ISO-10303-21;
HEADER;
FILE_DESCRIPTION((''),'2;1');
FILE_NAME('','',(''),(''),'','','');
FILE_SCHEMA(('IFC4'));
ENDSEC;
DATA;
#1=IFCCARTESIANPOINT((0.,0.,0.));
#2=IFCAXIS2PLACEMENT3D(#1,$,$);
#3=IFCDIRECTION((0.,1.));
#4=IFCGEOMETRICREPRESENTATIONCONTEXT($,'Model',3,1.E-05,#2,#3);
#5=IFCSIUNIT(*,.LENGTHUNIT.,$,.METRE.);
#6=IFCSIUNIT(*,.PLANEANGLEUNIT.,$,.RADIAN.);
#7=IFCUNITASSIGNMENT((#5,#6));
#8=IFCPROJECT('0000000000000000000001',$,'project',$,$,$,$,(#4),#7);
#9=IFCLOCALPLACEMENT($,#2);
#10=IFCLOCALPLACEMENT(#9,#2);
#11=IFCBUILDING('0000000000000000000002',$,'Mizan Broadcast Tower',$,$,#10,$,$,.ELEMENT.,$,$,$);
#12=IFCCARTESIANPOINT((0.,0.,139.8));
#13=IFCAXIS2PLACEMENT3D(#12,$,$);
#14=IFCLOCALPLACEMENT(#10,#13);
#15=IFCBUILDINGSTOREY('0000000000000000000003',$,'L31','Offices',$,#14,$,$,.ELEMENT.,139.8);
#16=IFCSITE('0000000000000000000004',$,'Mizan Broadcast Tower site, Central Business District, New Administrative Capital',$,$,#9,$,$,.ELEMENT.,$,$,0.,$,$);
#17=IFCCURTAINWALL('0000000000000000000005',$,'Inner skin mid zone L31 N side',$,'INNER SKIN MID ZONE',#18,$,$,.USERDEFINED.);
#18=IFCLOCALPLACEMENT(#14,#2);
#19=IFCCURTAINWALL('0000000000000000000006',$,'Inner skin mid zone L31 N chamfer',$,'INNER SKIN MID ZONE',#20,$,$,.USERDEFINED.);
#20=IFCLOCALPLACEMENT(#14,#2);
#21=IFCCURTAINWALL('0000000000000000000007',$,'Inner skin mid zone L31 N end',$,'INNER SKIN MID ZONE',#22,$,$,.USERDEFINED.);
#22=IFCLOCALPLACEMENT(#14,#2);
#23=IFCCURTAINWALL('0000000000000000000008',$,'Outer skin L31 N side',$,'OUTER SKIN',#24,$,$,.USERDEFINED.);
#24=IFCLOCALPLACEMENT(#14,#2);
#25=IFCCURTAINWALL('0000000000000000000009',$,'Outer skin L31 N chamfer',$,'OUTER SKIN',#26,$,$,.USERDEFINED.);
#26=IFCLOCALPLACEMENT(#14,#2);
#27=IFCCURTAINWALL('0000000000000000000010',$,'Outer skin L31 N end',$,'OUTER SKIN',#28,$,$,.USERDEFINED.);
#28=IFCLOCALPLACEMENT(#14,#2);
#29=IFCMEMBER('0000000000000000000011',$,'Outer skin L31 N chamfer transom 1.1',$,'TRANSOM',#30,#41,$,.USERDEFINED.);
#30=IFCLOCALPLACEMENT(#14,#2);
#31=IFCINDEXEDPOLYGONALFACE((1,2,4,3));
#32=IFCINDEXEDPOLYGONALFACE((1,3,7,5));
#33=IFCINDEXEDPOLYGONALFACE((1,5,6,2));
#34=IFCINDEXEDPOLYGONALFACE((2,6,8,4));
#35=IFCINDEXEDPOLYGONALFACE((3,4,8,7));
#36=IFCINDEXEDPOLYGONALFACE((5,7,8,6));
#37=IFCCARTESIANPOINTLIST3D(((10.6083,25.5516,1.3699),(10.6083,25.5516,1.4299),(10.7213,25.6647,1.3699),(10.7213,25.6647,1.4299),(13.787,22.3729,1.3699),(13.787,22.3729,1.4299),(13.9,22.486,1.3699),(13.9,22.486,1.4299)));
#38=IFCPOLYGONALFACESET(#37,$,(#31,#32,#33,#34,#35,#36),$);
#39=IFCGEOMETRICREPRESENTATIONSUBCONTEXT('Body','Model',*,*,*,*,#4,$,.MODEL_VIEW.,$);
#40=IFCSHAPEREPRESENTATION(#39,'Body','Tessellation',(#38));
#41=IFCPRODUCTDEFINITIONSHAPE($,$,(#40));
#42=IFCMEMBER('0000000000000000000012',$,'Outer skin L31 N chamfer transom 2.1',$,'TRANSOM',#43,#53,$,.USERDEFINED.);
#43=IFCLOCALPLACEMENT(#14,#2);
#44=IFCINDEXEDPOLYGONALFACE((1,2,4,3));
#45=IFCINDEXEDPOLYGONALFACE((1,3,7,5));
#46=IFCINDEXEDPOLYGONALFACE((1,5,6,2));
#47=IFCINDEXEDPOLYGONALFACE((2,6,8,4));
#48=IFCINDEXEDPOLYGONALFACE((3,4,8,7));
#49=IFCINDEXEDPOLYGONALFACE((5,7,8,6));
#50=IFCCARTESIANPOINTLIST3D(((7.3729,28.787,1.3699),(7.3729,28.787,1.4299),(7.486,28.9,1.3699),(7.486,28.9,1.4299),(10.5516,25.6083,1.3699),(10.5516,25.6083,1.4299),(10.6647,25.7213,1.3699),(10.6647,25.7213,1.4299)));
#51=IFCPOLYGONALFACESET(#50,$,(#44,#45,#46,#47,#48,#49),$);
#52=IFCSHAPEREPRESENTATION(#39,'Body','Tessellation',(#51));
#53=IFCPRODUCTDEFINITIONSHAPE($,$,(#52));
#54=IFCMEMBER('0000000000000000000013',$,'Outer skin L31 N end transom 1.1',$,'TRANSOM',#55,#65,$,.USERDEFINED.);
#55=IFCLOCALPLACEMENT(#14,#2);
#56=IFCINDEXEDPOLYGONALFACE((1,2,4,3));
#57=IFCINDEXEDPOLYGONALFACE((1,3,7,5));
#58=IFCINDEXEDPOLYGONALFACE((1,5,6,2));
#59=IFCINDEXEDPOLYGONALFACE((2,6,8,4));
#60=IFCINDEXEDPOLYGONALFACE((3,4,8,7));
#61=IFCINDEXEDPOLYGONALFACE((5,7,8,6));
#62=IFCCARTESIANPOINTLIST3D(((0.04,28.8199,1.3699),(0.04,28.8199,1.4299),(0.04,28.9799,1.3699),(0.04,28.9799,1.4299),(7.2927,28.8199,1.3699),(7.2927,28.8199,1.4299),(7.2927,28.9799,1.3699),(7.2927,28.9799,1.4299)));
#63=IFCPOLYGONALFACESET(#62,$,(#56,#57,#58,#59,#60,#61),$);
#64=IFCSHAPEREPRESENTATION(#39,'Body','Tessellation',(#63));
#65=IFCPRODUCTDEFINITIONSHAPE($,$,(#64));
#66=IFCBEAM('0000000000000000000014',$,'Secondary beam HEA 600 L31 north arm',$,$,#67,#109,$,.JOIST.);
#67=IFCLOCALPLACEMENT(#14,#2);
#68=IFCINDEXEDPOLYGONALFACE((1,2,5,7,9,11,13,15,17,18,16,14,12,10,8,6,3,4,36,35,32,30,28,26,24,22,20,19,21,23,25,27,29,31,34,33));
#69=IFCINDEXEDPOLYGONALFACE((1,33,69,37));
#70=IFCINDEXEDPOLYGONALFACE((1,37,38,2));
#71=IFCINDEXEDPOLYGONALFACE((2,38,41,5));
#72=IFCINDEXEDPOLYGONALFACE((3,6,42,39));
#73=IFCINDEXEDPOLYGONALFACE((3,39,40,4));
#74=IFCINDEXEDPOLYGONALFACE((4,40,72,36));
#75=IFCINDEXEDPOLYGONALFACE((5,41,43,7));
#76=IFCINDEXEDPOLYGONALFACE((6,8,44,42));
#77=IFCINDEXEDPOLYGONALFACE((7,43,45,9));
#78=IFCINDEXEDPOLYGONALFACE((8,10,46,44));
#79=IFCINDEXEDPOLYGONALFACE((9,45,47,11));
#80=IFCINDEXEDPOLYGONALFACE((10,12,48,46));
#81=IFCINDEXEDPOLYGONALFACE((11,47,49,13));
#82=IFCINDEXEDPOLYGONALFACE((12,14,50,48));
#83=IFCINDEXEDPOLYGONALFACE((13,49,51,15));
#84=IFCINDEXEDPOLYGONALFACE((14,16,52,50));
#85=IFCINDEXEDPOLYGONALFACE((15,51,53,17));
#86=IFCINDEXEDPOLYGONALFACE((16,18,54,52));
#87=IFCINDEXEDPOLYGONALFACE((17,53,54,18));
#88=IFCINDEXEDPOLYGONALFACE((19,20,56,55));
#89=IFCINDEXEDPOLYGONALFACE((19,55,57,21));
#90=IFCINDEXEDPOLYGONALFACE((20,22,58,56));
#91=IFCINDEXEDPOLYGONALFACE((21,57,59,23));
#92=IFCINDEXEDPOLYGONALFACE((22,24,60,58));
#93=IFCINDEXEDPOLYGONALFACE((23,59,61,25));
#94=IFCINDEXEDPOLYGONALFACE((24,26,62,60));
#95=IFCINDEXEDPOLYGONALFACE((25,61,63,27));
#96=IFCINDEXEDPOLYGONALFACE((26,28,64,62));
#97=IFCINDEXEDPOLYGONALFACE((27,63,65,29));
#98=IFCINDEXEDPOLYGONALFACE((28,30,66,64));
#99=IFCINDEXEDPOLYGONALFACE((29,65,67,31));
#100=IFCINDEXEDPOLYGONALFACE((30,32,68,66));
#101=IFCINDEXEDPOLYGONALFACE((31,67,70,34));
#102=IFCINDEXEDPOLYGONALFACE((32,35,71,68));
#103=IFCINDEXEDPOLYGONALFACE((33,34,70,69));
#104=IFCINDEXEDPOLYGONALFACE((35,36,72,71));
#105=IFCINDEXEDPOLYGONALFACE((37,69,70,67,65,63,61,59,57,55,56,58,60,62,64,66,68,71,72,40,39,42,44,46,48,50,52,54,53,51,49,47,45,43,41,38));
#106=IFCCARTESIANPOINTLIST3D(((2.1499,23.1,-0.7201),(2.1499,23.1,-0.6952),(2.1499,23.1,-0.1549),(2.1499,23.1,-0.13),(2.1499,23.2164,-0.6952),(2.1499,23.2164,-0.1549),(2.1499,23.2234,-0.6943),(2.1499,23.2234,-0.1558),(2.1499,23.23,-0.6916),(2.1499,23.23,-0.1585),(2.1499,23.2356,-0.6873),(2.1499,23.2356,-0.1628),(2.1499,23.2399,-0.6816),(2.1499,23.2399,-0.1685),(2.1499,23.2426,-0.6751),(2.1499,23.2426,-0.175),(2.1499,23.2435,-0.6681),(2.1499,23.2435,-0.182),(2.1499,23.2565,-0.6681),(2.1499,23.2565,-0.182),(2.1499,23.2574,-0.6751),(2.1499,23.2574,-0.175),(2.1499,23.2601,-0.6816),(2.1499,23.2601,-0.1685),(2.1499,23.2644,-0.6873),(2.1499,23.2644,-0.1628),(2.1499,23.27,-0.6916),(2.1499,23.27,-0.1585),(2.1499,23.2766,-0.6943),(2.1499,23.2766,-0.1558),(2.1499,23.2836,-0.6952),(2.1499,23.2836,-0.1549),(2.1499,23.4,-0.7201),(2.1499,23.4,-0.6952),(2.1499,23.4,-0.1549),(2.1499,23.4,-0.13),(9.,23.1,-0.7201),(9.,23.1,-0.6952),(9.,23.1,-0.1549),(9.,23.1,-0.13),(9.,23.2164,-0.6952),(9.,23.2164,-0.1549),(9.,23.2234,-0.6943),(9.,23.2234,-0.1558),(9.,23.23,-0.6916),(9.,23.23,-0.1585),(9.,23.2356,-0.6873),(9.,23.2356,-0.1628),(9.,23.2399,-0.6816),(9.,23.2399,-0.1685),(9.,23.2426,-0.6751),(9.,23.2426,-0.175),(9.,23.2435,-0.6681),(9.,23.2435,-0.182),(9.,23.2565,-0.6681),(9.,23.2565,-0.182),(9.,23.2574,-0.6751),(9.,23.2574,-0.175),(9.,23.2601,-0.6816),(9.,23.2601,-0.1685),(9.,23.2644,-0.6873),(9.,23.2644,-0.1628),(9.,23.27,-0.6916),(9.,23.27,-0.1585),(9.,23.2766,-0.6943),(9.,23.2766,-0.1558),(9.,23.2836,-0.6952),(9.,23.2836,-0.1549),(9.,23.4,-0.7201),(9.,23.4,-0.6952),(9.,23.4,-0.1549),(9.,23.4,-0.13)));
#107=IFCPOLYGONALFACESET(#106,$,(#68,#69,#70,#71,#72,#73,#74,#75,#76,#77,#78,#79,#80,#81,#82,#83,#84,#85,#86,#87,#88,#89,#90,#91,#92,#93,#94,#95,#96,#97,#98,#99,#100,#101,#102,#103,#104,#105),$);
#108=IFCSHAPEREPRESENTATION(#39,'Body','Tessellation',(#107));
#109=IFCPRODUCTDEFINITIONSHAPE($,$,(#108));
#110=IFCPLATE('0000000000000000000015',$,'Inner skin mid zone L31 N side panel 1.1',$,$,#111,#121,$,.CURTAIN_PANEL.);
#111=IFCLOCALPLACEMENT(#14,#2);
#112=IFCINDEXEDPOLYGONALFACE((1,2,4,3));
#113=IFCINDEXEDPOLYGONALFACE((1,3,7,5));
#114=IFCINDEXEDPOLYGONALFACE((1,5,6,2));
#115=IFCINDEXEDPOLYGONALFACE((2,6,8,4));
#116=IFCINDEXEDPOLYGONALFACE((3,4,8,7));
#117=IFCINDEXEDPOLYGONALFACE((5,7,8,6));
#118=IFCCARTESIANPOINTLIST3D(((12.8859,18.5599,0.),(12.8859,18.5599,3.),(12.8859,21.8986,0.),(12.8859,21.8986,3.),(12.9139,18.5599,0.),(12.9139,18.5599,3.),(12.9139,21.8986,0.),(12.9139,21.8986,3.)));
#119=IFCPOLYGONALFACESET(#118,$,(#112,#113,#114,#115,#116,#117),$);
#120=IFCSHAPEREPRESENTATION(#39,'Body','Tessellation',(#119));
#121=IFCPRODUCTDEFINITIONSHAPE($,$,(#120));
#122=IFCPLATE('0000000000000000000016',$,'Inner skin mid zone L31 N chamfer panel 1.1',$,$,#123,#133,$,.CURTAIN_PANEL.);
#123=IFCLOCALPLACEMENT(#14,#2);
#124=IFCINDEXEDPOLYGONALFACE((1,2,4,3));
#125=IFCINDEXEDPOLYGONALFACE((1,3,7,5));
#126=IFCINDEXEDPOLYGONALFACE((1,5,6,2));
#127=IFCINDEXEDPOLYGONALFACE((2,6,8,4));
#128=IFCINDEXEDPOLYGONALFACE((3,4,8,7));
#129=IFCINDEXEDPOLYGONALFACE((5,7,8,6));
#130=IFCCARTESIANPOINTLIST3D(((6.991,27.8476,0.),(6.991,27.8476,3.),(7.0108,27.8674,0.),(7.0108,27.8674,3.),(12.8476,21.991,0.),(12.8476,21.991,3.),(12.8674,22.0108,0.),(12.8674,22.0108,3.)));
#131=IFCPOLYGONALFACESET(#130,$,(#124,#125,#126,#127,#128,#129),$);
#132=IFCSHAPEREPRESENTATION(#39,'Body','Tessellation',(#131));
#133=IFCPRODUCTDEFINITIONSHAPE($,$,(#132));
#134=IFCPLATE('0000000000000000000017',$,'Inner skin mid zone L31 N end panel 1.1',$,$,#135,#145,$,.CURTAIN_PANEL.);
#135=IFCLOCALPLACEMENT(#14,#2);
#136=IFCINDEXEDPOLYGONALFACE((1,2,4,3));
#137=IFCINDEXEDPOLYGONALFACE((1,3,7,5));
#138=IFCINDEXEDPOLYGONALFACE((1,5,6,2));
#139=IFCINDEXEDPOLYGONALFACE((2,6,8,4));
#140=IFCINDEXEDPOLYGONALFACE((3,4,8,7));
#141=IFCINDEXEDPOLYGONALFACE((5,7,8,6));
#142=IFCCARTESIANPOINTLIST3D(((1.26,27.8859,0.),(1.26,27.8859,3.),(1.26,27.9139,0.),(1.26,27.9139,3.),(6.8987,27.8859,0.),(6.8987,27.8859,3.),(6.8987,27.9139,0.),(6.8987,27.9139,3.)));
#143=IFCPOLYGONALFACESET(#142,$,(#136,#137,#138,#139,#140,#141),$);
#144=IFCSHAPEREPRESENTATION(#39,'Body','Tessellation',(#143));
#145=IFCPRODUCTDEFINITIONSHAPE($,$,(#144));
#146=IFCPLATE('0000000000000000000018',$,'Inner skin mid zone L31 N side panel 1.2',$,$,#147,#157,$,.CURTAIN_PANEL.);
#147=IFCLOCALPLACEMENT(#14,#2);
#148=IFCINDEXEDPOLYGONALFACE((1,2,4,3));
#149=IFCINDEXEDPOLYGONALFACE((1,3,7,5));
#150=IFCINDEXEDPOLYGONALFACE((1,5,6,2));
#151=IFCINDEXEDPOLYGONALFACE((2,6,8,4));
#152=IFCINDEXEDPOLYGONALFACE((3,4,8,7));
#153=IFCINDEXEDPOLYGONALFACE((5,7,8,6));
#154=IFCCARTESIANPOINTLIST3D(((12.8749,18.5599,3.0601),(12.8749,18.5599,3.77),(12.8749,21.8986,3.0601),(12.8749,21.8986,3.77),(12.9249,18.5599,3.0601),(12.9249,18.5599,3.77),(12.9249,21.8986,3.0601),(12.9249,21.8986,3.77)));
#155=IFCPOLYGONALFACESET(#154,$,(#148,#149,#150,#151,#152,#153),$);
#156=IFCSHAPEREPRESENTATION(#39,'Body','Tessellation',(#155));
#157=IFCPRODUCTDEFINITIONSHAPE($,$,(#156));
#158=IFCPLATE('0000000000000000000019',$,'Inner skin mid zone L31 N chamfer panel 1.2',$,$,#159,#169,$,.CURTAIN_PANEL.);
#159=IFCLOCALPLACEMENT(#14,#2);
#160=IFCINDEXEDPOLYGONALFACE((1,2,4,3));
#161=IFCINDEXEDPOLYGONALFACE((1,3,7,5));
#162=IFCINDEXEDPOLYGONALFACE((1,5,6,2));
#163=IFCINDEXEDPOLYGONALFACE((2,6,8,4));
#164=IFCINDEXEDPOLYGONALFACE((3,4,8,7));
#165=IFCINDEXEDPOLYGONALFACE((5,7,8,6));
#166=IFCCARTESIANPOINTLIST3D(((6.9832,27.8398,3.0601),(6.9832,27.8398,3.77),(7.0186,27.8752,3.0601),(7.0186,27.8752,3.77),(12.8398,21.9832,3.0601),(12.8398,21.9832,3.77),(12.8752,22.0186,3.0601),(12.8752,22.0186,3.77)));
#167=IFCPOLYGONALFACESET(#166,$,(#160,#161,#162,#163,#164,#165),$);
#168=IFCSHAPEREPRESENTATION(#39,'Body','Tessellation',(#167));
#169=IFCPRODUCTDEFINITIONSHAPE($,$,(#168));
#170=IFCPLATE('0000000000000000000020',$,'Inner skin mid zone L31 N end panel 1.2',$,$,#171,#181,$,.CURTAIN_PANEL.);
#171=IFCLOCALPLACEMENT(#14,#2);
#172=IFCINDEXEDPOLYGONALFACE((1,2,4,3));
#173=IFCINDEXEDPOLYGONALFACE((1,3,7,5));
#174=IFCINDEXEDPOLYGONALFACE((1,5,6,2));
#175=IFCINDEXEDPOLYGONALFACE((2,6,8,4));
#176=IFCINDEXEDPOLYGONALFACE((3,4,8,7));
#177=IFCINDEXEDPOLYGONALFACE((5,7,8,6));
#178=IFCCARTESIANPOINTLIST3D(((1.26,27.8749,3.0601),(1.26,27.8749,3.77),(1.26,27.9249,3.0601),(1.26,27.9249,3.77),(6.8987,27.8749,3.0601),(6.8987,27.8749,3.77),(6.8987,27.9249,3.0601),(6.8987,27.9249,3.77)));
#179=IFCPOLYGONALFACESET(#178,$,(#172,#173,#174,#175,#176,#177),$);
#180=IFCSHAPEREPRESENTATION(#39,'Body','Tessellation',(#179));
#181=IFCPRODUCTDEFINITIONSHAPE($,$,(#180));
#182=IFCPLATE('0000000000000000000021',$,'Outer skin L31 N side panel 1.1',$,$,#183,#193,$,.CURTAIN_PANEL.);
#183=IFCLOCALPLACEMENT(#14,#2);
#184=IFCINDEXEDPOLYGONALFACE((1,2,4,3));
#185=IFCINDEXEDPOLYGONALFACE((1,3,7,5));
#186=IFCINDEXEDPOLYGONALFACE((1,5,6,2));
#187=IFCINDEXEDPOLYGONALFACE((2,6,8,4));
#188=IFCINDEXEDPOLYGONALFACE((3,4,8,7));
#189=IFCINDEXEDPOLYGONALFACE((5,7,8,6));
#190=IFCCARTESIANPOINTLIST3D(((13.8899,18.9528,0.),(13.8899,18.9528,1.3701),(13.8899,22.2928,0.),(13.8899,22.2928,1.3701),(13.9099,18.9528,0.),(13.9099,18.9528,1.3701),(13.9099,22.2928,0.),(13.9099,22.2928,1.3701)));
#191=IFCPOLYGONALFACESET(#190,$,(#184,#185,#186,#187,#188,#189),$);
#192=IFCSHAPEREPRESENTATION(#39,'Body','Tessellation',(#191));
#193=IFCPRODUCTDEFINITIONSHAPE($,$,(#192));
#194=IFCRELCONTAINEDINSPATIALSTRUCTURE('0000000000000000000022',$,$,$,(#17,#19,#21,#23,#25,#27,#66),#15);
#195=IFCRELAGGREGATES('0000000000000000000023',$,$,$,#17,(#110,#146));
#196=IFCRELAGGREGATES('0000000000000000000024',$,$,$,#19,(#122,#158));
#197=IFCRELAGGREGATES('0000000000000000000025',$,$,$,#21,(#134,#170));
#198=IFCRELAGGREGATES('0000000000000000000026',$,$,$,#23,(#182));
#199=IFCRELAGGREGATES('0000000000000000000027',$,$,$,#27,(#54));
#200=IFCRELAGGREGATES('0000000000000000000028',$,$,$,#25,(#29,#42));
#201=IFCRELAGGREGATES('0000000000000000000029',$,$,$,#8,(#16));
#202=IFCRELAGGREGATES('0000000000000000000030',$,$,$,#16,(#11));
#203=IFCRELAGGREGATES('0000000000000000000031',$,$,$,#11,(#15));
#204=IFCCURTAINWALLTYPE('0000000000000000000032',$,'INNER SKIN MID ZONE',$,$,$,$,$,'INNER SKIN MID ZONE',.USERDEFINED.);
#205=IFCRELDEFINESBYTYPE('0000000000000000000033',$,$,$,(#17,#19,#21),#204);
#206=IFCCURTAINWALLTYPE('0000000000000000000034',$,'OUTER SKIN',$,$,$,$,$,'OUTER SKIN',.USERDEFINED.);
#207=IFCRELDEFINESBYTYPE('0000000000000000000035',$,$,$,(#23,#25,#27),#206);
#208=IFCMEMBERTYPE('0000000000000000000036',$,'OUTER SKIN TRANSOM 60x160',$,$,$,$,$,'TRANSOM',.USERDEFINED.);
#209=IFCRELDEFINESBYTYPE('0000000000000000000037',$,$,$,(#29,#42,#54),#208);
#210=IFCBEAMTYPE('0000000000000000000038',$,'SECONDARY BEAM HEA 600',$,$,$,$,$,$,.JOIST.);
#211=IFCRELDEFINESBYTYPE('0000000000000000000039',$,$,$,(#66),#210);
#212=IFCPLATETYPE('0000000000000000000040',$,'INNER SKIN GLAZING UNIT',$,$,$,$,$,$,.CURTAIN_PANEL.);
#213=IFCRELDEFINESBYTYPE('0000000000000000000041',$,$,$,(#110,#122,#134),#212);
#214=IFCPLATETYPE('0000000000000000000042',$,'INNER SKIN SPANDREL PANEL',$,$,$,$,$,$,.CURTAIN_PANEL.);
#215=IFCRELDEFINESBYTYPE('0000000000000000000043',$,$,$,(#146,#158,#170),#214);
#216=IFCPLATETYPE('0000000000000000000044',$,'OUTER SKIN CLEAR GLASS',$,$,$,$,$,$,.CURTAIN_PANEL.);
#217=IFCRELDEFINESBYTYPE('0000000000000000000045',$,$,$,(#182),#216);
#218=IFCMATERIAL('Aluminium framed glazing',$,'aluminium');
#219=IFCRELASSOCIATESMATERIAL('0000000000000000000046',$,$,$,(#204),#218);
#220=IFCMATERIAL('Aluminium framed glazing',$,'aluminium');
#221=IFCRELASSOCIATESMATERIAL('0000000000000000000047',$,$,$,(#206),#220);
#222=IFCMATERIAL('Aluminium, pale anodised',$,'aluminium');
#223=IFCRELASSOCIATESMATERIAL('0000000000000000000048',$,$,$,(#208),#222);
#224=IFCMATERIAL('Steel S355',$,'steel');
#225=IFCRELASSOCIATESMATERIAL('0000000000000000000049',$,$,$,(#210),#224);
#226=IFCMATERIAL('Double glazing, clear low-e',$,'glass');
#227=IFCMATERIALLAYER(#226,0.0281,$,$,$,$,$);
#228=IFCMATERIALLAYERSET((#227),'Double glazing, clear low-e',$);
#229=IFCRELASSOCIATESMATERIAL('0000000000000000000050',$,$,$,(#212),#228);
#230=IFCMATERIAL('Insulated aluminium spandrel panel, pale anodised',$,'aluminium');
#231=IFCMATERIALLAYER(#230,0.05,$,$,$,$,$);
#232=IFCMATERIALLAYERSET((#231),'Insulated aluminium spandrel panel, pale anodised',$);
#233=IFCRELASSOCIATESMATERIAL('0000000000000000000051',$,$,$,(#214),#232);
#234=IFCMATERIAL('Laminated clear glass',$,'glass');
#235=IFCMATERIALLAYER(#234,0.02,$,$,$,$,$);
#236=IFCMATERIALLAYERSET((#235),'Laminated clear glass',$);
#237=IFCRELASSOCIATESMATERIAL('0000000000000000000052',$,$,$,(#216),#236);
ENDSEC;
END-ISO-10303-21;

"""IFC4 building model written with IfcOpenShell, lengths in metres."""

from ifc_helpers import new_model, si_unit, direction, frame, origin, origin_2d, place, context, subcontext, project, spatial, rectangle, i_section, extrude, material, layer, layer_set, material_profile, profile_set, type_object, element, aggregate, save


model = new_model("IFC4")

# Units and contexts
model_context = context("Model", 3, precision=1e-05, world=origin(), true_north=direction((0.0, 1.0)))
body_context = subcontext(model_context, "Body", "Model", "MODEL_VIEW")
ifc_project = project(units=[si_unit("LENGTHUNIT", "METRE"), si_unit("PLANEANGLEUNIT", "RADIAN")], contexts=[model_context])

# Site, building, storey
site_placement = place(None, origin())
site = spatial("IfcSite", under=ifc_project, at=site_placement, Name="Mizan Broadcast Tower site, Central Business District, New Administrative Capital", CompositionType="ELEMENT", RefElevation=0.0)
building_placement = place(site_placement, origin())
building = spatial("IfcBuilding", under=site, at=building_placement, Name="Mizan Broadcast Tower", CompositionType="ELEMENT")
storey_placement = place(building_placement, frame((0.0, 0.0, 139.8)))
storey = spatial("IfcBuildingStorey", under=building, at=storey_placement, Name="L31", Description="Offices", CompositionType="ELEMENT", Elevation=139.8)

# Curtain walls
ifc_material_1 = material(Name="Aluminium framed glazing", Category="aluminium")
curtain_wall_type_1 = type_object("IfcCurtainWallType", Name="INNER SKIN MID ZONE", ElementType="INNER SKIN MID ZONE", PredefinedType="USERDEFINED", material=ifc_material_1)
curtain_wall_1_placement = place(storey_placement, origin())
curtain_wall_1 = element("IfcCurtainWall", 1, at=curtain_wall_1_placement, inside=storey, type_object=curtain_wall_type_1, Name="Inner skin mid zone L31 N side", ObjectType="INNER SKIN MID ZONE", PredefinedType="USERDEFINED")
curtain_wall_2_placement = place(storey_placement, origin())
curtain_wall_2 = element("IfcCurtainWall", 2, at=curtain_wall_2_placement, inside=storey, type_object=curtain_wall_type_1, Name="Inner skin mid zone L31 N chamfer", ObjectType="INNER SKIN MID ZONE", PredefinedType="USERDEFINED")
curtain_wall_3_placement = place(storey_placement, origin())
curtain_wall_3 = element("IfcCurtainWall", 3, at=curtain_wall_3_placement, inside=storey, type_object=curtain_wall_type_1, Name="Inner skin mid zone L31 N end", ObjectType="INNER SKIN MID ZONE", PredefinedType="USERDEFINED")

# Curtain wall
ifc_material_2 = material(Name="Aluminium framed glazing", Category="aluminium")
curtain_wall_type_2 = type_object("IfcCurtainWallType", Name="OUTER SKIN", ElementType="OUTER SKIN", PredefinedType="USERDEFINED", material=ifc_material_2)
curtain_wall_4_placement = place(storey_placement, origin())
curtain_wall_4 = element("IfcCurtainWall", 4, at=curtain_wall_4_placement, inside=storey, type_object=curtain_wall_type_2, Name="Outer skin L31 N side", ObjectType="OUTER SKIN", PredefinedType="USERDEFINED")

# Curtain wall
curtain_wall_5_placement = place(storey_placement, origin())
curtain_wall_5 = element("IfcCurtainWall", 5, at=curtain_wall_5_placement, inside=storey, type_object=curtain_wall_type_2, Name="Outer skin L31 N chamfer", ObjectType="OUTER SKIN", PredefinedType="USERDEFINED")

# Curtain wall
curtain_wall_6_placement = place(storey_placement, origin())
curtain_wall_6 = element("IfcCurtainWall", 6, at=curtain_wall_6_placement, inside=storey, type_object=curtain_wall_type_2, Name="Outer skin L31 N end", ObjectType="OUTER SKIN", PredefinedType="USERDEFINED")

# Members
ifc_material_3 = material(Name="Aluminium, pale anodised", Category="aluminium")
ifc_material_profile_1 = material_profile(ifc_material_3, rectangle(XDim=0.1599, YDim=0.0601, at=origin_2d()), Name="TRANSOM 160x60")
ifc_profile_set_1 = profile_set([ifc_material_profile_1], Name="Aluminium, pale anodised")
member_type_1 = type_object("IfcMemberType", Name="OUTER SKIN TRANSOM 60x160", ElementType="TRANSOM", PredefinedType="USERDEFINED", material=ifc_profile_set_1)
member_1_placement = place(storey_placement, frame((13.8435, 22.4294, 1.3999), z_axis=(-0.707107, 0.707107, 0.0), x_axis=(-0.707107, -0.707107, 0.0)))
member_1 = element("IfcMember", 7, at=member_1_placement, type_object=member_type_1, Name="Outer skin L31 N chamfer transom 1.1", ObjectType="TRANSOM", PredefinedType="USERDEFINED", context=body_context, shape_type="SweptSolid", body=[
    extrude(rectangle(XDim=0.1599, YDim=0.0601, at=origin_2d()), origin(), (0.0, 0.0, 1.0), 4.4954),
])
member_2_placement = place(storey_placement, frame((10.6082, 25.6648, 1.3999), z_axis=(-0.707107, 0.707107, 0.0), x_axis=(-0.707107, -0.707107, 0.0)))
member_2 = element("IfcMember", 8, at=member_2_placement, type_object=member_type_1, Name="Outer skin L31 N chamfer transom 2.1", ObjectType="TRANSOM", PredefinedType="USERDEFINED", context=body_context, shape_type="SweptSolid", body=[
    extrude(rectangle(XDim=0.1599, YDim=0.0601, at=origin_2d()), origin(), (0.0, 0.0, 1.0), 4.4954),
])
member_3_placement = place(storey_placement, frame((7.2927, 28.8999, 1.3999), z_axis=(-1.0, 0.0, 0.0), x_axis=(0.0, -1.0, 0.0)))
member_3 = element("IfcMember", 9, at=member_3_placement, type_object=member_type_1, Name="Outer skin L31 N end transom 1.1", ObjectType="TRANSOM", PredefinedType="USERDEFINED", context=body_context, shape_type="SweptSolid", body=[
    extrude(rectangle(XDim=0.1599, YDim=0.0601, at=origin_2d()), origin(), (0.0, 0.0, 1.0), 7.2527),
])

# Beam
ifc_material_4 = material(Name="Steel S355", Category="steel")
ifc_material_profile_2 = material_profile(ifc_material_4, i_section(OverallWidth=0.3, OverallDepth=0.5901, WebThickness=0.0129, FlangeThickness=0.0249, FilletRadius=0.0271, at=origin_2d()), Name="HEA 600")
ifc_profile_set_2 = profile_set([ifc_material_profile_2], Name="Steel S355")
beam_type_1 = type_object("IfcBeamType", Name="SECONDARY BEAM HEA 600", PredefinedType="JOIST", material=ifc_profile_set_2)
beam_1_placement = place(storey_placement, frame((9.0, 23.25, -0.425), z_axis=(-1.0, 0.0, 0.0), x_axis=(0.0, -1.0, 0.0)))
element("IfcBeam", 10, at=beam_1_placement, inside=storey, type_object=beam_type_1, Name="Secondary beam HEA 600 L31 north arm", PredefinedType="JOIST", context=body_context, shape_type="SweptSolid", body=[
    extrude(i_section(OverallWidth=0.3, OverallDepth=0.5901, WebThickness=0.0129, FlangeThickness=0.0249, FilletRadius=0.0271, at=origin_2d()), origin(), (0.0, 0.0, 1.0), 6.8501),
])

# Plates
ifc_material_5 = material(Name="Double glazing, clear low-e", Category="glass")
ifc_layer_1 = layer(ifc_material_5, 0.0281)
ifc_layer_set_1 = layer_set([ifc_layer_1], Name="Double glazing, clear low-e")
plate_type_1 = type_object("IfcPlateType", Name="INNER SKIN GLAZING UNIT", PredefinedType="CURTAIN_PANEL", material=ifc_layer_set_1)
plate_1_placement = place(storey_placement, frame((12.8999, 20.2292, 0.0), z_axis=(0.0, 0.0, 1.0), x_axis=(0.0, 1.0, 0.0)))
plate_1 = element("IfcPlate", 11, at=plate_1_placement, type_object=plate_type_1, Name="Inner skin mid zone L31 N side panel 1.1", PredefinedType="CURTAIN_PANEL", context=body_context, shape_type="SweptSolid", body=[
    extrude(rectangle(XDim=3.3386, YDim=0.0281, at=origin_2d()), origin(), (0.0, 0.0, 1.0), 3.0),
])
plate_2_placement = place(storey_placement, frame((9.9292, 24.9292, 0.0), z_axis=(0.0, 0.0, 1.0), x_axis=(-0.707107, 0.707107, 0.0)))
plate_2 = element("IfcPlate", 12, at=plate_2_placement, type_object=plate_type_1, Name="Inner skin mid zone L31 N chamfer panel 1.1", PredefinedType="CURTAIN_PANEL", context=body_context, shape_type="SweptSolid", body=[
    extrude(rectangle(XDim=8.2825, YDim=0.0281, at=origin_2d()), origin(), (0.0, 0.0, 1.0), 3.0),
])
plate_3_placement = place(storey_placement, frame((4.0793, 27.8999, 0.0), z_axis=(0.0, 0.0, 1.0), x_axis=(-1.0, 0.0, 0.0)))
plate_3 = element("IfcPlate", 13, at=plate_3_placement, type_object=plate_type_1, Name="Inner skin mid zone L31 N end panel 1.1", PredefinedType="CURTAIN_PANEL", context=body_context, shape_type="SweptSolid", body=[
    extrude(rectangle(XDim=5.6387, YDim=0.0281, at=origin_2d()), origin(), (0.0, 0.0, 1.0), 3.0),
])
ifc_material_6 = material(Name="Insulated aluminium spandrel panel, pale anodised", Category="aluminium")
ifc_layer_2 = layer(ifc_material_6, 0.05)
ifc_layer_set_2 = layer_set([ifc_layer_2], Name="Insulated aluminium spandrel panel, pale anodised")
plate_type_2 = type_object("IfcPlateType", Name="INNER SKIN SPANDREL PANEL", PredefinedType="CURTAIN_PANEL", material=ifc_layer_set_2)
plate_4_placement = place(storey_placement, frame((12.8999, 20.2292, 3.0601), z_axis=(0.0, 0.0, 1.0), x_axis=(0.0, 1.0, 0.0)))
plate_4 = element("IfcPlate", 14, at=plate_4_placement, type_object=plate_type_2, Name="Inner skin mid zone L31 N side panel 1.2", PredefinedType="CURTAIN_PANEL", context=body_context, shape_type="SweptSolid", body=[
    extrude(rectangle(XDim=3.3386, YDim=0.05, at=origin_2d()), origin(), (0.0, 0.0, 1.0), 0.71),
])
aggregate(curtain_wall_1, [plate_1, plate_4])
plate_5_placement = place(storey_placement, frame((9.9292, 24.9292, 3.0601), z_axis=(0.0, 0.0, 1.0), x_axis=(-0.707107, 0.707107, 0.0)))
plate_5 = element("IfcPlate", 15, at=plate_5_placement, type_object=plate_type_2, Name="Inner skin mid zone L31 N chamfer panel 1.2", PredefinedType="CURTAIN_PANEL", context=body_context, shape_type="SweptSolid", body=[
    extrude(rectangle(XDim=8.2825, YDim=0.05, at=origin_2d()), origin(), (0.0, 0.0, 1.0), 0.71),
])
aggregate(curtain_wall_2, [plate_2, plate_5])
plate_6_placement = place(storey_placement, frame((4.0793, 27.8999, 3.0601), z_axis=(0.0, 0.0, 1.0), x_axis=(-1.0, 0.0, 0.0)))
plate_6 = element("IfcPlate", 16, at=plate_6_placement, type_object=plate_type_2, Name="Inner skin mid zone L31 N end panel 1.2", PredefinedType="CURTAIN_PANEL", context=body_context, shape_type="SweptSolid", body=[
    extrude(rectangle(XDim=5.6387, YDim=0.05, at=origin_2d()), origin(), (0.0, 0.0, 1.0), 0.71),
])
aggregate(curtain_wall_3, [plate_3, plate_6])
ifc_material_7 = material(Name="Laminated clear glass", Category="glass")
ifc_layer_3 = layer(ifc_material_7, 0.02)
ifc_layer_set_3 = layer_set([ifc_layer_3], Name="Laminated clear glass")
plate_type_3 = type_object("IfcPlateType", Name="OUTER SKIN CLEAR GLASS", PredefinedType="CURTAIN_PANEL", material=ifc_layer_set_3)
plate_7_placement = place(storey_placement, frame((13.8999, 20.6228, 0.0), z_axis=(0.0, 0.0, 1.0), x_axis=(0.0, 1.0, 0.0)))
plate_7 = element("IfcPlate", 17, at=plate_7_placement, type_object=plate_type_3, Name="Outer skin L31 N side panel 1.1", PredefinedType="CURTAIN_PANEL", context=body_context, shape_type="SweptSolid", body=[
    extrude(rectangle(XDim=3.3401, YDim=0.02, at=origin_2d()), origin(), (0.0, 0.0, 1.0), 1.3701),
])
aggregate(curtain_wall_4, [plate_7])
aggregate(curtain_wall_6, [member_3])
aggregate(curtain_wall_5, [member_1, member_2])

save(model, "model.ifc")
